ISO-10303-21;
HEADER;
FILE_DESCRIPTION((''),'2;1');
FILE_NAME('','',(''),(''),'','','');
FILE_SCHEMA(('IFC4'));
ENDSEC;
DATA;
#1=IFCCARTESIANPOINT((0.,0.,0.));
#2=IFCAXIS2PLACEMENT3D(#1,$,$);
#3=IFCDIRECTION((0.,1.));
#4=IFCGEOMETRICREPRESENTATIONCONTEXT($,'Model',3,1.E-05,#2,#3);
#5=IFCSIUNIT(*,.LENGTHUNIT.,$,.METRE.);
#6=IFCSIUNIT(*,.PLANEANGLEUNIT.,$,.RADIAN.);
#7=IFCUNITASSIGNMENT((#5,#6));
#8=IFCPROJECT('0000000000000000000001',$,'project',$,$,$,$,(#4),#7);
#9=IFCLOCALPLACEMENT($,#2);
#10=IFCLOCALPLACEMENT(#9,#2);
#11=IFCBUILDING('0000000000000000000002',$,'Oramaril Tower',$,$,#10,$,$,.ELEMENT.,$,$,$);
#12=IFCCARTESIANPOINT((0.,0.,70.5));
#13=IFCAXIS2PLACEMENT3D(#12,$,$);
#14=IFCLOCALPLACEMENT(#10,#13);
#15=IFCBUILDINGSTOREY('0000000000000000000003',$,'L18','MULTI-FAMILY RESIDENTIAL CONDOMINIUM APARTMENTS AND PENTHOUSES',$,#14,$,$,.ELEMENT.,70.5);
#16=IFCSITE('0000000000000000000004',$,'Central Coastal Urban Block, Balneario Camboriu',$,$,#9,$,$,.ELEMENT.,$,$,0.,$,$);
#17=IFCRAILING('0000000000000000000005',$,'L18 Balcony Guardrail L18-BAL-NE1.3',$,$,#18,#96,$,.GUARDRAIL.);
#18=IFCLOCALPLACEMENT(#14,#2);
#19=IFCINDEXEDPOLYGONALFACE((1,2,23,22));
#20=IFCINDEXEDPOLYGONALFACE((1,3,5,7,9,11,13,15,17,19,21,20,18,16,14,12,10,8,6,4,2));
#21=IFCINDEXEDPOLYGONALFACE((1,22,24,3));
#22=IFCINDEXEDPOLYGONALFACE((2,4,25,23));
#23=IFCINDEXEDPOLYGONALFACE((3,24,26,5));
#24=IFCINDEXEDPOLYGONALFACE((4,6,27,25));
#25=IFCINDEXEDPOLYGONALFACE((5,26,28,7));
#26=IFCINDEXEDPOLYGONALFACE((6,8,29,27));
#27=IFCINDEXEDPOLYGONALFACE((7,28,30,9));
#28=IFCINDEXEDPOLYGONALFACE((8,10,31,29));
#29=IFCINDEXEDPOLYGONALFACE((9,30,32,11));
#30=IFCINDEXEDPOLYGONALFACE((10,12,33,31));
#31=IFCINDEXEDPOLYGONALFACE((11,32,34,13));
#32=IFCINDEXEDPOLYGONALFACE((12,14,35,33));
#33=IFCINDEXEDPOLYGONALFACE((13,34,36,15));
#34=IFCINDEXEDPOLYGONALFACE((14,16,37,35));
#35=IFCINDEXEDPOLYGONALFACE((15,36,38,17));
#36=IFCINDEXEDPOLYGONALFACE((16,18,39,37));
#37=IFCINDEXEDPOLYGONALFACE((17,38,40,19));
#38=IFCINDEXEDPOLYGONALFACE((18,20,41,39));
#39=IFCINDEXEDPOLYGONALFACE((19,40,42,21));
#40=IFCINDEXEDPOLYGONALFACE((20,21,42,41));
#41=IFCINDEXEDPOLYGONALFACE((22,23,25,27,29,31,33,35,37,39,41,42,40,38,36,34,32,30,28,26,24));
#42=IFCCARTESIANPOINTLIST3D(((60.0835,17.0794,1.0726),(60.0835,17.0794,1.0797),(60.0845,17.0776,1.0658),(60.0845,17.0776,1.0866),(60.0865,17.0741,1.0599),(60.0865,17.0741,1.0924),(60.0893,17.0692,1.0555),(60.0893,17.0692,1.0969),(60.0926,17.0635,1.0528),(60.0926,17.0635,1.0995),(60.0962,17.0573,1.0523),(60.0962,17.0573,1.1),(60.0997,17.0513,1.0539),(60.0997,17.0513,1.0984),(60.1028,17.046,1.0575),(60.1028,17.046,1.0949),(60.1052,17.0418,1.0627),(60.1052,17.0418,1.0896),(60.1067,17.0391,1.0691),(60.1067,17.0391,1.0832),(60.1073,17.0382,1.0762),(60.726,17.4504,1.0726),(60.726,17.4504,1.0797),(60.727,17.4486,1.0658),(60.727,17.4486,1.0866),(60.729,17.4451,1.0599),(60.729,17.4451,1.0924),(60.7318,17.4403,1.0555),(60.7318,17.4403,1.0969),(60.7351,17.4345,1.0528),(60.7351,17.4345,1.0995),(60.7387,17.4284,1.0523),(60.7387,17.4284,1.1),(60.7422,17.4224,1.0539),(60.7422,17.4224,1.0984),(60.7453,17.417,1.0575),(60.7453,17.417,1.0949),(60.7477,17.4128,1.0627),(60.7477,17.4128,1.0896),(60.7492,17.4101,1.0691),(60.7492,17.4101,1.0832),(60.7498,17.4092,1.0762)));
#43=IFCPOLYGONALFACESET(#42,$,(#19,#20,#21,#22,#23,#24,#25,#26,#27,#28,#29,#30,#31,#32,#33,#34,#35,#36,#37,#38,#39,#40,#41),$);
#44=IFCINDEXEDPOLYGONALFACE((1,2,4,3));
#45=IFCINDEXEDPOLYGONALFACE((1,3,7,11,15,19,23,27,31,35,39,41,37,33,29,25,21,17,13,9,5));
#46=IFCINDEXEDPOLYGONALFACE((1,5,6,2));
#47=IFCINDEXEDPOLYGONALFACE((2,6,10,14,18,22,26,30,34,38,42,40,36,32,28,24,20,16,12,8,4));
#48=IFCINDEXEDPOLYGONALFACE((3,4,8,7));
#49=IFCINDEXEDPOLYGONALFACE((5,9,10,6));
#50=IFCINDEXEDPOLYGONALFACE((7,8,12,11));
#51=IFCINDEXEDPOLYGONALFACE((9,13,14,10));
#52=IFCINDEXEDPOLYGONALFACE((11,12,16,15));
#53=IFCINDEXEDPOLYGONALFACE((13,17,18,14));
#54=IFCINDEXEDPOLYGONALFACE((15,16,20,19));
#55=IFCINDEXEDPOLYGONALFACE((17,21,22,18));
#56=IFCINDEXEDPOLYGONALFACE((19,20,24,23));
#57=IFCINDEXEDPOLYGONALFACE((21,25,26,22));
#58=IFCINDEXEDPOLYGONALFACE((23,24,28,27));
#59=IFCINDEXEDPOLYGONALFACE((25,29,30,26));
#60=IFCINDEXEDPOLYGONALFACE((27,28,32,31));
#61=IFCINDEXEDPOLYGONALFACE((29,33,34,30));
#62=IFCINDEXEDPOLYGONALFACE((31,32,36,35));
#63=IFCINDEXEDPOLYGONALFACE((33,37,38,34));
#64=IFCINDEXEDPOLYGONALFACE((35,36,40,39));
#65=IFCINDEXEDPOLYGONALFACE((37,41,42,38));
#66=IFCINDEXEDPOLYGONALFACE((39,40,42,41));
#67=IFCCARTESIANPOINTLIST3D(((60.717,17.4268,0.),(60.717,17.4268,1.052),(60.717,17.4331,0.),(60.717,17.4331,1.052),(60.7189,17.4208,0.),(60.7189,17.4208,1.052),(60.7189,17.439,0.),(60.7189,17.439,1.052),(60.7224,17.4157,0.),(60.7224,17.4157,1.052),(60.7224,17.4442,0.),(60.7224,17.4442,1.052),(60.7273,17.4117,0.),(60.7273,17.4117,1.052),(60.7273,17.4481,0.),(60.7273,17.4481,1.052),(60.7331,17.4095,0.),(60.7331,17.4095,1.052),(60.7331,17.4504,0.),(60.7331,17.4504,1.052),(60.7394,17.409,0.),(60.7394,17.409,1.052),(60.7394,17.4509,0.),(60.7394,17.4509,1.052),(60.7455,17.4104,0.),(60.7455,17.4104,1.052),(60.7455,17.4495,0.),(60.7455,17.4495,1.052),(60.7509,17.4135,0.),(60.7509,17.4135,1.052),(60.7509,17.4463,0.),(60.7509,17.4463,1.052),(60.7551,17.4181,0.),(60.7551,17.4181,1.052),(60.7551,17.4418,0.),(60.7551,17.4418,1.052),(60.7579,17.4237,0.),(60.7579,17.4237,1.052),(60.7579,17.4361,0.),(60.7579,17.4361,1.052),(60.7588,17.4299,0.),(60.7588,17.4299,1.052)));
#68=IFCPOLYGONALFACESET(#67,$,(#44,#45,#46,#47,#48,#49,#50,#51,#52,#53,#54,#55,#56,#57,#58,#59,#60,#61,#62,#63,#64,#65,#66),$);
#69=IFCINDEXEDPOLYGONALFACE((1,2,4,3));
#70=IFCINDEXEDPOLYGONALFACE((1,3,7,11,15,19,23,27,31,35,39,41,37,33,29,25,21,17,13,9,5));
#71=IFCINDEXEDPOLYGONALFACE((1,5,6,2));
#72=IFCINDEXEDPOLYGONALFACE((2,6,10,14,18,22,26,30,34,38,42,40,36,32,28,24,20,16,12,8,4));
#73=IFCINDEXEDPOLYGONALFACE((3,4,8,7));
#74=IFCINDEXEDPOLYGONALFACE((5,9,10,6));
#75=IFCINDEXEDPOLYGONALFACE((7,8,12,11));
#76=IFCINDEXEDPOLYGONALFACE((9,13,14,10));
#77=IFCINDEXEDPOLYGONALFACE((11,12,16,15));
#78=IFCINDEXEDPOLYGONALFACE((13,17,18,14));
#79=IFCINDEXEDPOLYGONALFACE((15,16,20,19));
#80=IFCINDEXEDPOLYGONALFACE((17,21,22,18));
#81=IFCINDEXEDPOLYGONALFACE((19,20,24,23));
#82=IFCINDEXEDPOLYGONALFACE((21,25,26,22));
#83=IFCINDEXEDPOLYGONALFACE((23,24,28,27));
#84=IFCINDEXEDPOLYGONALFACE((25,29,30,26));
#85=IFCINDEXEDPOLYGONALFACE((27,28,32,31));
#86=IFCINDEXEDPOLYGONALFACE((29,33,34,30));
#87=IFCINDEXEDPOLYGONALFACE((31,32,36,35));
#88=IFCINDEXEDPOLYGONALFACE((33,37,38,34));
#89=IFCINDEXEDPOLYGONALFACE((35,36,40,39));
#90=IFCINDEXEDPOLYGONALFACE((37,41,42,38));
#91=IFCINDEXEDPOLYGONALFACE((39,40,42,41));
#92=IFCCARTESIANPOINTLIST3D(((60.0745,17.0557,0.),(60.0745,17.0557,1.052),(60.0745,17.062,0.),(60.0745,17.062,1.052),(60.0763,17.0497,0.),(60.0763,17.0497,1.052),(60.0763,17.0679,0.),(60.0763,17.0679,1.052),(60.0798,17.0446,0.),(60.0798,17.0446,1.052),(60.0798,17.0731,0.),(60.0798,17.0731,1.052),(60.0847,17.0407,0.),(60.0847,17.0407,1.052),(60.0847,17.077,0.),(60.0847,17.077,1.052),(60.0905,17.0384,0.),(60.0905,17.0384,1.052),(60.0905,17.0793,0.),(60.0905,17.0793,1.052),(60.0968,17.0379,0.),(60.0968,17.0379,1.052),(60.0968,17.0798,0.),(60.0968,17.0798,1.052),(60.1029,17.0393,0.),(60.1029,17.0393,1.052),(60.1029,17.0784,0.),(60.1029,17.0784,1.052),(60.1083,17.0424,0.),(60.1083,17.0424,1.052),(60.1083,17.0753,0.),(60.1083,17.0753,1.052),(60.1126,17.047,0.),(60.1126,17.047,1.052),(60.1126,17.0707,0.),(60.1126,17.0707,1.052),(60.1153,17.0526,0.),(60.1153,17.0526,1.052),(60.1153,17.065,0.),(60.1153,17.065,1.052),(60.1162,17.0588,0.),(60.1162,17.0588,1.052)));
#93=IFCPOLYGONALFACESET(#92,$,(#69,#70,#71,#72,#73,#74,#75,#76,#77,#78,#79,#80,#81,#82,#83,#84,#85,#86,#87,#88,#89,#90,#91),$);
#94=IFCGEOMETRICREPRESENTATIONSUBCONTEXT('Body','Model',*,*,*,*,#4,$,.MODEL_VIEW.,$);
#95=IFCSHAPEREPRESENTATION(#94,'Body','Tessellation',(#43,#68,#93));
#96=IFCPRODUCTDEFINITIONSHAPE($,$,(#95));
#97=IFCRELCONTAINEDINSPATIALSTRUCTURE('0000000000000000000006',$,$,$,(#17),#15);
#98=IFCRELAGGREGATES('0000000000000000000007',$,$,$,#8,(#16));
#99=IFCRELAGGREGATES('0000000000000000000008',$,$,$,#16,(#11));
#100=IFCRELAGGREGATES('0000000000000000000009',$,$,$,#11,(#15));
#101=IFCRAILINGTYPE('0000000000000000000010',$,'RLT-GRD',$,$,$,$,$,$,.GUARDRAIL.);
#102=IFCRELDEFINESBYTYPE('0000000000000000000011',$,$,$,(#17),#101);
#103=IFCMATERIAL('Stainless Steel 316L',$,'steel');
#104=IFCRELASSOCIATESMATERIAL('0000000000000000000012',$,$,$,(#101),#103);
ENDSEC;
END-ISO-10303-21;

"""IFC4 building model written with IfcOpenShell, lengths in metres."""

from ifc_helpers import new_model, si_unit, direction, frame, origin, origin_2d, place, context, subcontext, project, spatial, circle, extrude, material, type_object, element, save


model = new_model("IFC4")

# Units and contexts
model_context = context("Model", 3, precision=1e-05, world=origin(), true_north=direction((0.0, 1.0)))
body_context = subcontext(model_context, "Body", "Model", "MODEL_VIEW")
ifc_project = project(units=[si_unit("LENGTHUNIT", "METRE"), si_unit("PLANEANGLEUNIT", "RADIAN")], contexts=[model_context])

# Site, building, storey
site_placement = place(None, origin())
site = spatial("IfcSite", under=ifc_project, at=site_placement, Name="Central Coastal Urban Block, Balneario Camboriu", CompositionType="ELEMENT", RefElevation=0.0)
building_placement = place(site_placement, origin())
building = spatial("IfcBuilding", under=site, at=building_placement, Name="Oramaril Tower", CompositionType="ELEMENT")
storey_placement = place(building_placement, frame((0.0, 0.0, 70.5)))
storey = spatial("IfcBuildingStorey", under=building, at=storey_placement, Name="L18", Description="MULTI-FAMILY RESIDENTIAL CONDOMINIUM APARTMENTS AND PENTHOUSES", CompositionType="ELEMENT", Elevation=70.5)

# Railing
ifc_material_1 = material(Name="Stainless Steel 316L", Category="steel")
railing_type_1 = type_object("IfcRailingType", Name="RLT-GRD", PredefinedType="GUARDRAIL", material=ifc_material_1)
railing_1_placement = place(storey_placement, frame((60.7378, 17.4299, 0.0)))
element("IfcRailing", 1, at=railing_1_placement, inside=storey, type_object=railing_type_1, Name="L18 Balcony Guardrail L18-BAL-NE1.3", PredefinedType="GUARDRAIL", context=body_context, shape_type="SweptSolid", body=[
    extrude(circle(Radius=0.0239, at=origin_2d()), frame((0.0, 0.0, 1.0762), z_axis=(-0.865966, -0.500102, 0.0), x_axis=(0.500102, -0.865966, 0.0)), (0.0, 0.0, 1.0), 0.7419),
    extrude(circle(Radius=0.021, at=origin_2d()), origin(), (0.0, 0.0, 1.0), 1.052),
    extrude(circle(Radius=0.021, at=origin_2d()), frame((-0.6426, -0.3711, 0.0)), (0.0, 0.0, 1.0), 1.052),
])

save(model, "model.ifc")
